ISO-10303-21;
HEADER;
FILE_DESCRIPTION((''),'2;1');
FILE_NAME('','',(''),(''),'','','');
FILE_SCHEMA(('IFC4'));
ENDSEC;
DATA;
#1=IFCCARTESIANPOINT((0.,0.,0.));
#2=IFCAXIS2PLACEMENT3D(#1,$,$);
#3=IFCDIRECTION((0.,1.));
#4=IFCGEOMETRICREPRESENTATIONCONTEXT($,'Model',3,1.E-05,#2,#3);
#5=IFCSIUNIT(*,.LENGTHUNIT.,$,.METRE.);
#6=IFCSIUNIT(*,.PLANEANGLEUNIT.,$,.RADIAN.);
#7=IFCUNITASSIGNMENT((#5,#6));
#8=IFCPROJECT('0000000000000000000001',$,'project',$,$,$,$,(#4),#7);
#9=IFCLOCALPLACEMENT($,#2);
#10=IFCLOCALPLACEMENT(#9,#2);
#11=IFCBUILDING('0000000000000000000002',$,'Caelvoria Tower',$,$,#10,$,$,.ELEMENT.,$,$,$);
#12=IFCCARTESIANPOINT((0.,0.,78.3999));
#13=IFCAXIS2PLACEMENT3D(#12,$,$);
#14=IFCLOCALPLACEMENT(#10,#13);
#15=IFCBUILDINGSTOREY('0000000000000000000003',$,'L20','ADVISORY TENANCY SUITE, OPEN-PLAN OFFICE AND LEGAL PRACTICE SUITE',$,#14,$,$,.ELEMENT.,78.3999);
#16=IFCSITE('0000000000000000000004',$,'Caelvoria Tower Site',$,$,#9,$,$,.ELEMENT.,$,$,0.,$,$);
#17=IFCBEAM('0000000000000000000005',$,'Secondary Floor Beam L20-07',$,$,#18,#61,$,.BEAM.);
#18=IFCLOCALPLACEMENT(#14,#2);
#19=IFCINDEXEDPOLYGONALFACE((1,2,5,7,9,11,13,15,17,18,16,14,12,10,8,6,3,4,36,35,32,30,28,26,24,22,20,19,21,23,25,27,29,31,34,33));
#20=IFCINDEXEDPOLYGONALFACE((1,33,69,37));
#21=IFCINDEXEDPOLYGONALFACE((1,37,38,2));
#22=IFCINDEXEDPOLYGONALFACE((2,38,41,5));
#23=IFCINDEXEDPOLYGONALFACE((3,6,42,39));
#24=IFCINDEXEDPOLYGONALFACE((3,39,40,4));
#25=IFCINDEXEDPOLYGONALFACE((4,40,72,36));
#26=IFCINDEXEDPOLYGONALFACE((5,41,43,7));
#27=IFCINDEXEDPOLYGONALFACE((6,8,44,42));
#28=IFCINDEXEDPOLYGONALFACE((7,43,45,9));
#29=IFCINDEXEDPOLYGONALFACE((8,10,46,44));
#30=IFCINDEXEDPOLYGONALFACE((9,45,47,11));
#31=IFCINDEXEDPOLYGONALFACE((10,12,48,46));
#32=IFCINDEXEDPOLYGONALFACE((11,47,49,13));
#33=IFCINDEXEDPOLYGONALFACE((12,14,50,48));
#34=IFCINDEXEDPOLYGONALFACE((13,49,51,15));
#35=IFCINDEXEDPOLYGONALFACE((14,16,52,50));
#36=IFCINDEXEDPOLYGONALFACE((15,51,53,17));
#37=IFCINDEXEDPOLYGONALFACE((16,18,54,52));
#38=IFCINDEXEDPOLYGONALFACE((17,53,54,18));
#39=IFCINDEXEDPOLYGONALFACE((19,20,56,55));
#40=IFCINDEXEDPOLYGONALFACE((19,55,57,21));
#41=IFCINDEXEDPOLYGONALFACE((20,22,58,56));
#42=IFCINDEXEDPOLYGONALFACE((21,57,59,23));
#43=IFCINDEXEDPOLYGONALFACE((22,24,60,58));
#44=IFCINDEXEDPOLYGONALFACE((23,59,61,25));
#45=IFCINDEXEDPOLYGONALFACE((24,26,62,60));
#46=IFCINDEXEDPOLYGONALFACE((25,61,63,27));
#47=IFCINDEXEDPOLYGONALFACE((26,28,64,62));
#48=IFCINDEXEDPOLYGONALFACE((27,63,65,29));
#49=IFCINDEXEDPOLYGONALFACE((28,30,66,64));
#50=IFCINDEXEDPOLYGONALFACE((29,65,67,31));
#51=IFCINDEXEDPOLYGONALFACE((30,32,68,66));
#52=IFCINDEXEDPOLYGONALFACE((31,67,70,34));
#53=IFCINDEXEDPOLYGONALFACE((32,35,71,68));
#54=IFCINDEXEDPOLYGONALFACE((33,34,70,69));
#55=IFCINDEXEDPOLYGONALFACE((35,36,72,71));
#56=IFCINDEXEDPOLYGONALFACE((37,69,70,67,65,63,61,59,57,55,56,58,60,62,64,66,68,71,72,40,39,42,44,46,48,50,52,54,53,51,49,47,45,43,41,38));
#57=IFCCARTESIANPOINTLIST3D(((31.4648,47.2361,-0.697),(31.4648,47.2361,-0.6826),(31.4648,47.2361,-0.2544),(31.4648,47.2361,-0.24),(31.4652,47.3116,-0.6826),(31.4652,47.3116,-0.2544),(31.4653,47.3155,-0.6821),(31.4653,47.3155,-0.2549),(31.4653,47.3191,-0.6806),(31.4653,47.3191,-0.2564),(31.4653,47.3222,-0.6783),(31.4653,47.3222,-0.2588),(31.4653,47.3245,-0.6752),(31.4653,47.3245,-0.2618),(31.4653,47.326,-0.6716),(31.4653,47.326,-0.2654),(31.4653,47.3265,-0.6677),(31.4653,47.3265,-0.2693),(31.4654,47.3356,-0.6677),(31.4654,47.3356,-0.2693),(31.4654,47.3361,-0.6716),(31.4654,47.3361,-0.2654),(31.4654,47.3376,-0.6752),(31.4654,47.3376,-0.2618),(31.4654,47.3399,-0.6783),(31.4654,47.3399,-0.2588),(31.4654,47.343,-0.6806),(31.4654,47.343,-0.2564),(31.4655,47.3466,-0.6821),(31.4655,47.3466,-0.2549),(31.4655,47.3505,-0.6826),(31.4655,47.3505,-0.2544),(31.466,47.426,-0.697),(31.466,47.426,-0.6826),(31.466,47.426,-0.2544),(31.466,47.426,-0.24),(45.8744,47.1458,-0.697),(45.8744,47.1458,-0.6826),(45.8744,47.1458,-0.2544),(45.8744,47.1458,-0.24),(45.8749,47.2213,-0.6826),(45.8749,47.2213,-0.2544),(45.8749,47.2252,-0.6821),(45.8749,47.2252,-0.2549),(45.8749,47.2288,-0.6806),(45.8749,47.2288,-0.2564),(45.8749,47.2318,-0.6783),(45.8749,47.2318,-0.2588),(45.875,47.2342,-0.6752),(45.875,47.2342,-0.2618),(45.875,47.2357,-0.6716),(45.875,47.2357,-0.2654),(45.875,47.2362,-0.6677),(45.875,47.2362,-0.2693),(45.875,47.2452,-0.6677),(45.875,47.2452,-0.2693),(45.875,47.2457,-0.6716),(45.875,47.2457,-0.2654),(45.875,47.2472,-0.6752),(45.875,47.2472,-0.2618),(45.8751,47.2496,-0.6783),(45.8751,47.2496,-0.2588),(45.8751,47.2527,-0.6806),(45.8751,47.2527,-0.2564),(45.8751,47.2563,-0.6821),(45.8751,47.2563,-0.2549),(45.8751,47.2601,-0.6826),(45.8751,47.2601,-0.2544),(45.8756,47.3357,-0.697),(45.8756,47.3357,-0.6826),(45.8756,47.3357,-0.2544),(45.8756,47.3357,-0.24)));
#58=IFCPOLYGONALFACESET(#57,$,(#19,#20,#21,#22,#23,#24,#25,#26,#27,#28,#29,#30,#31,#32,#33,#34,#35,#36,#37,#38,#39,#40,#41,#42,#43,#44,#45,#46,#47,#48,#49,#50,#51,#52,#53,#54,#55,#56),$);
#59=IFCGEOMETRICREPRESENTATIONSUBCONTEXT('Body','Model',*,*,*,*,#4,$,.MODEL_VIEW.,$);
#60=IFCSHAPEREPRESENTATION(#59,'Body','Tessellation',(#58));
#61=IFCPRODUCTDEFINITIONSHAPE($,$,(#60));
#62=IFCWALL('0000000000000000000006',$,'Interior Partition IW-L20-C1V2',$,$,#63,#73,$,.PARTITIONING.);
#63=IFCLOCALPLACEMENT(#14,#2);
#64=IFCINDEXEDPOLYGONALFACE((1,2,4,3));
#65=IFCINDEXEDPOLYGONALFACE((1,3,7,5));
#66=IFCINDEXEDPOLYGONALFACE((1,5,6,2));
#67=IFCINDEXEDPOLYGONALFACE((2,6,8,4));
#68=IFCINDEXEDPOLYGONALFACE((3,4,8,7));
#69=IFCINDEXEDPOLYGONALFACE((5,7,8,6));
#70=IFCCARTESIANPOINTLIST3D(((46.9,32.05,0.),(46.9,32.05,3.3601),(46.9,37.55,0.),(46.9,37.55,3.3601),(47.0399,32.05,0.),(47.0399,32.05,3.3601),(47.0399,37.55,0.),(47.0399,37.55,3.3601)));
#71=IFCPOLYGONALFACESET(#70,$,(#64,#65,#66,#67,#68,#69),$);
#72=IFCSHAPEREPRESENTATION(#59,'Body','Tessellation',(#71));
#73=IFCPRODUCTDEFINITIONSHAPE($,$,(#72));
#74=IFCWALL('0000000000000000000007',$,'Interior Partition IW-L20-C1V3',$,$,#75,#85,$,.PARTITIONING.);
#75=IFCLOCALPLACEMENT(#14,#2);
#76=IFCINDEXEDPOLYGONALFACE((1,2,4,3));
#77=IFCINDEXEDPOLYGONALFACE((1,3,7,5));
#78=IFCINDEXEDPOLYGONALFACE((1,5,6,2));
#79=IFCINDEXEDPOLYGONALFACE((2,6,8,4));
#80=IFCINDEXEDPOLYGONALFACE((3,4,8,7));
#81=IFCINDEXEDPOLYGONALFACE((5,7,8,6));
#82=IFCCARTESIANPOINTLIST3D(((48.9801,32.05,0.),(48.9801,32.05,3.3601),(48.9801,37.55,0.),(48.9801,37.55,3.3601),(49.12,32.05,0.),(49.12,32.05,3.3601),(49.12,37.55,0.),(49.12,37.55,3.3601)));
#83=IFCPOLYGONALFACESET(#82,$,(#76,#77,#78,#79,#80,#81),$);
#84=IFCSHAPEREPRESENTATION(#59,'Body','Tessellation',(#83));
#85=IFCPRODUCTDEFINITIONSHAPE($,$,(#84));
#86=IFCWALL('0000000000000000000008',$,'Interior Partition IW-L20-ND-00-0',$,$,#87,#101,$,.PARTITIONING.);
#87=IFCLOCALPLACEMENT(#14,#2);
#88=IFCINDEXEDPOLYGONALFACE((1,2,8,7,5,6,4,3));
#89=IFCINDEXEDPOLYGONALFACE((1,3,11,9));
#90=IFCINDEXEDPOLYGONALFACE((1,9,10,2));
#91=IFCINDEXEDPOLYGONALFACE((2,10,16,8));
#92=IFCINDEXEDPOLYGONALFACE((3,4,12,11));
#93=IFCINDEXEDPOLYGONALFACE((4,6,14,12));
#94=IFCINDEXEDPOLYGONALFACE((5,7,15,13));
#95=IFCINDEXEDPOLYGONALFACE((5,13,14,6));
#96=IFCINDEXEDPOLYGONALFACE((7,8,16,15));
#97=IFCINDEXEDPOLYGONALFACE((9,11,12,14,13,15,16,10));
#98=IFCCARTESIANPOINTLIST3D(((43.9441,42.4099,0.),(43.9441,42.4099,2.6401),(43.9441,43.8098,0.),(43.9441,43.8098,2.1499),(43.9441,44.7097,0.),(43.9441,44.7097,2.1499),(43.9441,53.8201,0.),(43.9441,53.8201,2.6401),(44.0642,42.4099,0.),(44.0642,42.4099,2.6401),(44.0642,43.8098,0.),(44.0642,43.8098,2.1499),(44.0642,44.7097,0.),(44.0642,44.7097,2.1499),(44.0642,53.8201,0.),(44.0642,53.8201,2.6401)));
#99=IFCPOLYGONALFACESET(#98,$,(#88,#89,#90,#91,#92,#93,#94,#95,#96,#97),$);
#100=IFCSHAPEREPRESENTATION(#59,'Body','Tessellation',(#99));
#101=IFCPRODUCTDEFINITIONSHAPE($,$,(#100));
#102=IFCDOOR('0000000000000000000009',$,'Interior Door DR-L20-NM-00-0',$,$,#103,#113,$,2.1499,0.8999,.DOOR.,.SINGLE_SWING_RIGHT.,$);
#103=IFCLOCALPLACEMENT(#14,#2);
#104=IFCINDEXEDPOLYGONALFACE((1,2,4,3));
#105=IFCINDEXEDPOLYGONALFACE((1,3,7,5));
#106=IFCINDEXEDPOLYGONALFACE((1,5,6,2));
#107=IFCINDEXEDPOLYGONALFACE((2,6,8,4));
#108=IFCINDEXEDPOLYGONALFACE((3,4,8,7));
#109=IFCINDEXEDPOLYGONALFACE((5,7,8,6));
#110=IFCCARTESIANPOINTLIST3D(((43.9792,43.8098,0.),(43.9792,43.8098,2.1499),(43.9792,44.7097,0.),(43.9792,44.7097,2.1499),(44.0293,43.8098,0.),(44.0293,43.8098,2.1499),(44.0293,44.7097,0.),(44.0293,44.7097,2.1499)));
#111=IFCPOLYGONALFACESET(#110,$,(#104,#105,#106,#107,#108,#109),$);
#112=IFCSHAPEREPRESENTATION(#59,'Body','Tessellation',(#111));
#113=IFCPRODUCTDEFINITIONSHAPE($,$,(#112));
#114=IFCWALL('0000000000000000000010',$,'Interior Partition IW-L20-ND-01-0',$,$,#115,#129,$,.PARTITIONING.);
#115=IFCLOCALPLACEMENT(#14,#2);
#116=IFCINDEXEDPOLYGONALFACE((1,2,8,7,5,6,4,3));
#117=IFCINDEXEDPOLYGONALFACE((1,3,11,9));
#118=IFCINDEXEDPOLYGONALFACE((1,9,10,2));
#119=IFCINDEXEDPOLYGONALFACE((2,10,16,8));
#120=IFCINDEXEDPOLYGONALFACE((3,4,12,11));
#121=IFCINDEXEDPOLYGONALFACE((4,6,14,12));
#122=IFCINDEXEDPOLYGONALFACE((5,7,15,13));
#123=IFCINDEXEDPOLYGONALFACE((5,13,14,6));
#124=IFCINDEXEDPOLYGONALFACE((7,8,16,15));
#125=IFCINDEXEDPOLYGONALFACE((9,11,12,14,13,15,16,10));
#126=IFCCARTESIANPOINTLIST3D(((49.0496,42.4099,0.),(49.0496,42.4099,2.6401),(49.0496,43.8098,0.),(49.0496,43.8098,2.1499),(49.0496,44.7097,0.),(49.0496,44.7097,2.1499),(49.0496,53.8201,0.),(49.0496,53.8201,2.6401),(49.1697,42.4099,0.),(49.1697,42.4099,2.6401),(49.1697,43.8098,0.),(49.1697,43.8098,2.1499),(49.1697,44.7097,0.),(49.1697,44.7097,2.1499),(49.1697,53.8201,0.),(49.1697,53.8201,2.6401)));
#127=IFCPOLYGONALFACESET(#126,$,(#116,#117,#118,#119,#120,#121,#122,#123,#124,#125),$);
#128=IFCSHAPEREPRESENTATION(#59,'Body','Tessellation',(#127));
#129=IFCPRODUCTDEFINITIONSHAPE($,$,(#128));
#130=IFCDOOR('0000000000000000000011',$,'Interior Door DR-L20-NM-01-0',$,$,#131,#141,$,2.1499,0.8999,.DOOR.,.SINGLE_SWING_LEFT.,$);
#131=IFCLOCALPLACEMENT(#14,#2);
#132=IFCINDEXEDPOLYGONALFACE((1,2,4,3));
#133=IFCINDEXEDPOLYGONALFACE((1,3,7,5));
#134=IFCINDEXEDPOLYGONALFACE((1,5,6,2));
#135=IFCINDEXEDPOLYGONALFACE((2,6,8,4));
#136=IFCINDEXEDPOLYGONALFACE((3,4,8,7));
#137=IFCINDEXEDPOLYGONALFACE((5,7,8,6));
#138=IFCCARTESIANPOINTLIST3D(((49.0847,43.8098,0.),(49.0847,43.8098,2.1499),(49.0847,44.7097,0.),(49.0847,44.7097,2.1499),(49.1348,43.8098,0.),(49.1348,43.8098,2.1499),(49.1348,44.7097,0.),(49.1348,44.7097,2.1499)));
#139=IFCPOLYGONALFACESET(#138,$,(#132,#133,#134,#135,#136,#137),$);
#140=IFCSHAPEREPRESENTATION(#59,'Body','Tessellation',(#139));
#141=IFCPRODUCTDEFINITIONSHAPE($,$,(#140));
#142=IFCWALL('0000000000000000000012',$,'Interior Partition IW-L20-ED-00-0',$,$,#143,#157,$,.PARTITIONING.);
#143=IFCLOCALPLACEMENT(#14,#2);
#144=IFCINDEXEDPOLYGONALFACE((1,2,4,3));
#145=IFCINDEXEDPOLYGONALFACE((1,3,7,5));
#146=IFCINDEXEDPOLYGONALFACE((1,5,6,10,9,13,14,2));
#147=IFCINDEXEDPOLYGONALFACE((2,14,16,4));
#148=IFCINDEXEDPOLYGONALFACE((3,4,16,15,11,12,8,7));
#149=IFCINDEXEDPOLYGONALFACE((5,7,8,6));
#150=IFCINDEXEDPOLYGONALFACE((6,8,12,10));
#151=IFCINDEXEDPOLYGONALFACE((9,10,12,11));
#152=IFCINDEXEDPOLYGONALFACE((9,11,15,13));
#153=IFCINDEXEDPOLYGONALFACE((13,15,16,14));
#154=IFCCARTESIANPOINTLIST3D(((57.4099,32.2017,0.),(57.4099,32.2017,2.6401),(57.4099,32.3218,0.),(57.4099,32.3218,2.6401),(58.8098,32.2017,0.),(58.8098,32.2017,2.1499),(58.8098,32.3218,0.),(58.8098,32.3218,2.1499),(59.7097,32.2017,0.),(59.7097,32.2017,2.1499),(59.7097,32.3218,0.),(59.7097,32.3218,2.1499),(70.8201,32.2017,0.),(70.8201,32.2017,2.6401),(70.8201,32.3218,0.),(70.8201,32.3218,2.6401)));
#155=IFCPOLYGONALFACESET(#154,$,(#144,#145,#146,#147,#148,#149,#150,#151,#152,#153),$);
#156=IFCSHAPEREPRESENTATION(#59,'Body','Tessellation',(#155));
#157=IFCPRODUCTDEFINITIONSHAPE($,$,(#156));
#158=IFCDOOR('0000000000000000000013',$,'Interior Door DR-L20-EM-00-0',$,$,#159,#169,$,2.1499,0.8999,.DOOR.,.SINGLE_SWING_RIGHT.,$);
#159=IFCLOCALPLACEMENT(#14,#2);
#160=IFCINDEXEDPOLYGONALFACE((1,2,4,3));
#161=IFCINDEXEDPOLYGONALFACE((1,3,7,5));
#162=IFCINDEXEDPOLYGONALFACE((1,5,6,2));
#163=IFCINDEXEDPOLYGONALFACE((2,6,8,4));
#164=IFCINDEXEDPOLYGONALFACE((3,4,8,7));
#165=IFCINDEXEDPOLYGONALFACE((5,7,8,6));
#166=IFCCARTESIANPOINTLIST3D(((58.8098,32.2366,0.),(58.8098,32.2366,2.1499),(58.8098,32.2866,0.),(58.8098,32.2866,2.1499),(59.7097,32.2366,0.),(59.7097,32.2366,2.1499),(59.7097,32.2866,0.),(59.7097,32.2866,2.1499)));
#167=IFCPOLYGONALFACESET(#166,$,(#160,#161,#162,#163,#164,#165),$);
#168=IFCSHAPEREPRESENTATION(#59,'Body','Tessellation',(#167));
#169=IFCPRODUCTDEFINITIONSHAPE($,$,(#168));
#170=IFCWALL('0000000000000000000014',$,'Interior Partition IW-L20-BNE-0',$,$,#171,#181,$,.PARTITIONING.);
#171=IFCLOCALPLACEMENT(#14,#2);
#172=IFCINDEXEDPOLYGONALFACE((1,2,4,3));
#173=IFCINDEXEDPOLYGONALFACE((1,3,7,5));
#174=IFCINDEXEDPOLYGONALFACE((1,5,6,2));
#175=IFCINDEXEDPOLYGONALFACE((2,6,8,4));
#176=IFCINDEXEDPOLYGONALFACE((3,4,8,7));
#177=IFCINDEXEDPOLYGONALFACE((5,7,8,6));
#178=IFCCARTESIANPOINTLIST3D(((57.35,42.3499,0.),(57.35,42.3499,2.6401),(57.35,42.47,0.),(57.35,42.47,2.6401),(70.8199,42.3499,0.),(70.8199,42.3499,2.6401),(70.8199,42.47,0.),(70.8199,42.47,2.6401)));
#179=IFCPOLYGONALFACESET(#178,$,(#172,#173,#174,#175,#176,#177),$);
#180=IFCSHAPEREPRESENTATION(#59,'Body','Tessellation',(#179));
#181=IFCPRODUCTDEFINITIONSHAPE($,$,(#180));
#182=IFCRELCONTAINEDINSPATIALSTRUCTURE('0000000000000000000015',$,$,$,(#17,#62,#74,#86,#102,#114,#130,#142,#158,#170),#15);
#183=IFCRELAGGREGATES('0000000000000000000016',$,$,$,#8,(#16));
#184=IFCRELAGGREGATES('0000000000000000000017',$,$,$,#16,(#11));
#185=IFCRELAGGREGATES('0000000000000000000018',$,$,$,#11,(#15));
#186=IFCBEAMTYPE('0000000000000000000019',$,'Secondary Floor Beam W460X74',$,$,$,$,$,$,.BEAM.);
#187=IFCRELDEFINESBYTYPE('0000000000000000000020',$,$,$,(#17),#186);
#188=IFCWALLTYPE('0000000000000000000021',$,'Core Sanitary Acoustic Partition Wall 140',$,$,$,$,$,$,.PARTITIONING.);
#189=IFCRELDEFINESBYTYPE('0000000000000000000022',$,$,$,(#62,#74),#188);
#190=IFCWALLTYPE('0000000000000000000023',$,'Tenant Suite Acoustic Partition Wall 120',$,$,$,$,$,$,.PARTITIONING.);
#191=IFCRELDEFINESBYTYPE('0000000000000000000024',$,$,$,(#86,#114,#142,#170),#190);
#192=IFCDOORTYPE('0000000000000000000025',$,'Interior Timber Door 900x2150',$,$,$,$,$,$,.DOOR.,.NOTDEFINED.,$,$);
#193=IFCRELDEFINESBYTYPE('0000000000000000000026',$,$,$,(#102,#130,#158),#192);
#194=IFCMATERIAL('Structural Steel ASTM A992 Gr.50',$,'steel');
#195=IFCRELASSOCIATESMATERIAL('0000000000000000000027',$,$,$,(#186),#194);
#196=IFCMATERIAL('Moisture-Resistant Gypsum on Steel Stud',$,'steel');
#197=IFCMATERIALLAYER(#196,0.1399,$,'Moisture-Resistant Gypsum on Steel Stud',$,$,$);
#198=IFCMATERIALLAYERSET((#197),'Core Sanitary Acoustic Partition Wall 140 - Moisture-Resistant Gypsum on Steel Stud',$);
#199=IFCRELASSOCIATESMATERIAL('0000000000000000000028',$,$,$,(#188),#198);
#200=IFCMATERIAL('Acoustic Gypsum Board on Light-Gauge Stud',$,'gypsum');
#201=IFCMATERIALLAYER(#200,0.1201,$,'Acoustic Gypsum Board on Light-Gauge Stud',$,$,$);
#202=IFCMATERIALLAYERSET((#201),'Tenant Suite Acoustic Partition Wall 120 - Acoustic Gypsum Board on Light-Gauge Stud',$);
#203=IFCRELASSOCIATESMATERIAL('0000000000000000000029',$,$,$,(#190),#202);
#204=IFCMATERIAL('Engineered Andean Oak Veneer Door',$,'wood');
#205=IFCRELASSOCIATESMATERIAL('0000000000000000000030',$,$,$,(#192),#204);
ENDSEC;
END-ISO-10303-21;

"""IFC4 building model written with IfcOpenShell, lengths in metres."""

from ifc_helpers import new_model, si_unit, direction, frame, frame_2d, origin, origin_2d, place, context, subcontext, project, spatial, rectangle, i_section, extrude, material, layer, layer_set, material_profile, profile_set, type_object, element, fill, save


model = new_model("IFC4")

# Units and contexts
model_context = context("Model", 3, precision=1e-05, world=origin(), true_north=direction((0.0, 1.0)))
body_context = subcontext(model_context, "Body", "Model", "MODEL_VIEW")
ifc_project = project(units=[si_unit("LENGTHUNIT", "METRE"), si_unit("PLANEANGLEUNIT", "RADIAN")], contexts=[model_context])

# Site, building, storey
site_placement = place(None, origin())
site = spatial("IfcSite", under=ifc_project, at=site_placement, Name="Caelvoria Tower Site", CompositionType="ELEMENT", RefElevation=0.0)
building_placement = place(site_placement, origin())
building = spatial("IfcBuilding", under=site, at=building_placement, Name="Caelvoria Tower", CompositionType="ELEMENT")
storey_placement = place(building_placement, frame((0.0, 0.0, 78.3999)))
storey = spatial("IfcBuildingStorey", under=building, at=storey_placement, Name="L20", Description="ADVISORY TENANCY SUITE, OPEN-PLAN OFFICE AND LEGAL PRACTICE SUITE", CompositionType="ELEMENT", Elevation=78.3999)

# Beam
ifc_material_1 = material(Name="Structural Steel ASTM A992 Gr.50", Category="steel")
ifc_material_profile_1 = material_profile(ifc_material_1, i_section(OverallWidth=0.1899, OverallDepth=0.457, WebThickness=0.009, FlangeThickness=0.0144, FilletRadius=0.0149, at=origin_2d()), Name="Structural Steel ASTM A992 Gr.50")
ifc_profile_set_1 = profile_set([ifc_material_profile_1], Name="W460X74 - Structural Steel ASTM A992 Gr.50")
beam_type_1 = type_object("IfcBeamType", Name="Secondary Floor Beam W460X74", PredefinedType="BEAM", material=ifc_profile_set_1)
for number, where, z_axis, x_axis, name in (
    (1, (45.875, 47.2407, -0.4685), (-0.99998, 0.006269, 0.0), (-0.006269, -0.99998, 0.0), "Secondary Floor Beam L20-07"),
):
    element("IfcBeam", number, at=place(storey_placement, frame(where, z_axis=z_axis, x_axis=x_axis)), inside=storey, type_object=beam_type_1, Name=name, PredefinedType="BEAM", context=body_context, shape_type="SweptSolid", body=[
        extrude(i_section(OverallWidth=0.1899, OverallDepth=0.457, WebThickness=0.009, FlangeThickness=0.0144, FilletRadius=0.0149, at=origin_2d()), origin(), (0.0, 0.0, 1.0), 14.4099),
    ])

# Walls
ifc_material_2 = material(Name="Moisture-Resistant Gypsum on Steel Stud", Category="steel")
ifc_layer_1 = layer(ifc_material_2, 0.1399, Name="Moisture-Resistant Gypsum on Steel Stud")
ifc_layer_set_1 = layer_set([ifc_layer_1], Name="Core Sanitary Acoustic Partition Wall 140 - Moisture-Resistant Gypsum on Steel Stud")
wall_type_1 = type_object("IfcWallType", Name="Core Sanitary Acoustic Partition Wall 140", PredefinedType="PARTITIONING", material=ifc_layer_set_1)
for number, where, z_axis, x_axis, name in (
    (2, (46.97, 32.05, 0.0), (0.0, 0.0, 1.0), (0.0, 1.0, 0.0), "Interior Partition IW-L20-C1V2"),
    (3, (49.05, 32.05, 0.0), (0.0, 0.0, 1.0), (0.0, 1.0, 0.0), "Interior Partition IW-L20-C1V3"),
):
    element("IfcWall", number, at=place(storey_placement, frame(where, z_axis=z_axis, x_axis=x_axis)), inside=storey, type_object=wall_type_1, Name=name, PredefinedType="PARTITIONING", context=body_context, shape_type="SweptSolid", body=[
        extrude(rectangle(XDim=5.5, YDim=0.1399, at=frame_2d((2.75, 0.0))), origin(), (0.0, 0.0, 1.0), 3.3601),
    ])

# Walls, openings, doors
ifc_material_3 = material(Name="Acoustic Gypsum Board on Light-Gauge Stud", Category="gypsum")
ifc_layer_2 = layer(ifc_material_3, 0.1201, Name="Acoustic Gypsum Board on Light-Gauge Stud")
ifc_layer_set_2 = layer_set([ifc_layer_2], Name="Tenant Suite Acoustic Partition Wall 120 - Acoustic Gypsum Board on Light-Gauge Stud")
wall_type_2 = type_object("IfcWallType", Name="Tenant Suite Acoustic Partition Wall 120", PredefinedType="PARTITIONING", material=ifc_layer_set_2)
wall_1_placement = place(storey_placement, frame((44.0042, 42.4099, 0.0), z_axis=(0.0, 0.0, 1.0), x_axis=(0.0, 1.0, 0.0)))
wall_1 = element("IfcWall", 4, at=wall_1_placement, inside=storey, type_object=wall_type_2, Name="Interior Partition IW-L20-ND-00-0", PredefinedType="PARTITIONING", context=body_context, shape_type="SweptSolid", body=[
    extrude(rectangle(XDim=11.4102, YDim=0.1201, at=frame_2d((5.7051, 0.0))), origin(), (0.0, 0.0, 1.0), 2.6401),
])
opening_1_placement = place(wall_1_placement, frame((1.3999, 0.0, 0.0)))
opening_1 = element("IfcOpeningElement", 5, at=opening_1_placement, cuts=wall_1, PredefinedType="OPENING", context=body_context, shape_type="SweptSolid", body=[
    extrude(rectangle(XDim=0.8999, YDim=2.1499, at=frame_2d((0.45, 1.075))), frame((0.0, 0.0701, 0.0), z_axis=(0.0, -1.0, 0.0), x_axis=(1.0, 0.0, 0.0)), (0.0, 0.0, 1.0), 0.1401),
])
ifc_material_4 = material(Name="Engineered Andean Oak Veneer Door", Category="wood")
door_type = type_object("IfcDoorType", Name="Interior Timber Door 900x2150", OperationType="NOTDEFINED", PredefinedType="DOOR", material=ifc_material_4)
door_1_placement = place(opening_1_placement, origin())
door_1 = element("IfcDoor", 6, at=door_1_placement, inside=storey, type_object=door_type, Name="Interior Door DR-L20-NM-00-0", OperationType="SINGLE_SWING_RIGHT", OverallHeight=2.1499, OverallWidth=0.8999, PredefinedType="DOOR", context=body_context, shape_type="SweptSolid", body=[
    extrude(rectangle(XDim=0.8999, YDim=2.1499, at=frame_2d((0.45, 1.075))), frame((0.0, 0.0249, 0.0), z_axis=(0.0, -1.0, 0.0), x_axis=(1.0, 0.0, 0.0)), (0.0, 0.0, 1.0), 0.05),
])
fill(opening_1, door_1)
wall_2_placement = place(storey_placement, frame((49.1096, 42.4099, 0.0), z_axis=(0.0, 0.0, 1.0), x_axis=(0.0, 1.0, 0.0)))
wall_2 = element("IfcWall", 7, at=wall_2_placement, inside=storey, type_object=wall_type_2, Name="Interior Partition IW-L20-ND-01-0", PredefinedType="PARTITIONING", context=body_context, shape_type="SweptSolid", body=[
    extrude(rectangle(XDim=11.4102, YDim=0.1201, at=frame_2d((5.7051, 0.0))), origin(), (0.0, 0.0, 1.0), 2.6401),
])
opening_2_placement = place(wall_2_placement, frame((1.3999, 0.0, 0.0)))
opening_2 = element("IfcOpeningElement", 8, at=opening_2_placement, cuts=wall_2, PredefinedType="OPENING", context=body_context, shape_type="SweptSolid", body=[
    extrude(rectangle(XDim=0.8999, YDim=2.1499, at=frame_2d((0.45, 1.075))), frame((0.0, 0.0701, 0.0), z_axis=(0.0, -1.0, 0.0), x_axis=(1.0, 0.0, 0.0)), (0.0, 0.0, 1.0), 0.1401),
])
door_2_placement = place(opening_2_placement, origin())
door_2 = element("IfcDoor", 9, at=door_2_placement, inside=storey, type_object=door_type, Name="Interior Door DR-L20-NM-01-0", OperationType="SINGLE_SWING_LEFT", OverallHeight=2.1499, OverallWidth=0.8999, PredefinedType="DOOR", context=body_context, shape_type="SweptSolid", body=[
    extrude(rectangle(XDim=0.8999, YDim=2.1499, at=frame_2d((0.45, 1.075))), frame((0.0, 0.0249, 0.0), z_axis=(0.0, -1.0, 0.0), x_axis=(1.0, 0.0, 0.0)), (0.0, 0.0, 1.0), 0.05),
])
fill(opening_2, door_2)
wall_3_placement = place(storey_placement, frame((57.4099, 32.2617, 0.0), z_axis=(0.0, 0.0, 1.0), x_axis=(1.0, 0.0, 0.0)))
wall_3 = element("IfcWall", 10, at=wall_3_placement, inside=storey, type_object=wall_type_2, Name="Interior Partition IW-L20-ED-00-0", PredefinedType="PARTITIONING", context=body_context, shape_type="SweptSolid", body=[
    extrude(rectangle(XDim=13.4102, YDim=0.1201, at=frame_2d((6.7051, 0.0))), origin(), (0.0, 0.0, 1.0), 2.6401),
])
opening_3_placement = place(wall_3_placement, frame((1.3999, 0.0, 0.0)))
opening_3 = element("IfcOpeningElement", 11, at=opening_3_placement, cuts=wall_3, PredefinedType="OPENING", context=body_context, shape_type="SweptSolid", body=[
    extrude(rectangle(XDim=0.8999, YDim=2.1499, at=frame_2d((0.45, 1.075))), frame((0.0, 0.0701, 0.0), z_axis=(0.0, -1.0, 0.0), x_axis=(1.0, 0.0, 0.0)), (0.0, 0.0, 1.0), 0.1401),
])
door_3_placement = place(opening_3_placement, origin())
door_3 = element("IfcDoor", 12, at=door_3_placement, inside=storey, type_object=door_type, Name="Interior Door DR-L20-EM-00-0", OperationType="SINGLE_SWING_RIGHT", OverallHeight=2.1499, OverallWidth=0.8999, PredefinedType="DOOR", context=body_context, shape_type="SweptSolid", body=[
    extrude(rectangle(XDim=0.8999, YDim=2.1499, at=frame_2d((0.45, 1.075))), frame((0.0, 0.0249, 0.0), z_axis=(0.0, -1.0, 0.0), x_axis=(1.0, 0.0, 0.0)), (0.0, 0.0, 1.0), 0.05),
])
fill(opening_3, door_3)

# Wall
wall_4_placement = place(storey_placement, frame((57.3501, 42.4099, 0.0), z_axis=(0.0, 0.0, 1.0), x_axis=(1.0, 0.0, 0.0)))
element("IfcWall", 13, at=wall_4_placement, inside=storey, type_object=wall_type_2, Name="Interior Partition IW-L20-BNE-0", PredefinedType="PARTITIONING", context=body_context, shape_type="SweptSolid", body=[
    extrude(rectangle(XDim=13.47, YDim=0.1201, at=frame_2d((6.7349, 0.0))), origin(), (0.0, 0.0, 1.0), 2.6401),
])

save(model, "model.ifc")
